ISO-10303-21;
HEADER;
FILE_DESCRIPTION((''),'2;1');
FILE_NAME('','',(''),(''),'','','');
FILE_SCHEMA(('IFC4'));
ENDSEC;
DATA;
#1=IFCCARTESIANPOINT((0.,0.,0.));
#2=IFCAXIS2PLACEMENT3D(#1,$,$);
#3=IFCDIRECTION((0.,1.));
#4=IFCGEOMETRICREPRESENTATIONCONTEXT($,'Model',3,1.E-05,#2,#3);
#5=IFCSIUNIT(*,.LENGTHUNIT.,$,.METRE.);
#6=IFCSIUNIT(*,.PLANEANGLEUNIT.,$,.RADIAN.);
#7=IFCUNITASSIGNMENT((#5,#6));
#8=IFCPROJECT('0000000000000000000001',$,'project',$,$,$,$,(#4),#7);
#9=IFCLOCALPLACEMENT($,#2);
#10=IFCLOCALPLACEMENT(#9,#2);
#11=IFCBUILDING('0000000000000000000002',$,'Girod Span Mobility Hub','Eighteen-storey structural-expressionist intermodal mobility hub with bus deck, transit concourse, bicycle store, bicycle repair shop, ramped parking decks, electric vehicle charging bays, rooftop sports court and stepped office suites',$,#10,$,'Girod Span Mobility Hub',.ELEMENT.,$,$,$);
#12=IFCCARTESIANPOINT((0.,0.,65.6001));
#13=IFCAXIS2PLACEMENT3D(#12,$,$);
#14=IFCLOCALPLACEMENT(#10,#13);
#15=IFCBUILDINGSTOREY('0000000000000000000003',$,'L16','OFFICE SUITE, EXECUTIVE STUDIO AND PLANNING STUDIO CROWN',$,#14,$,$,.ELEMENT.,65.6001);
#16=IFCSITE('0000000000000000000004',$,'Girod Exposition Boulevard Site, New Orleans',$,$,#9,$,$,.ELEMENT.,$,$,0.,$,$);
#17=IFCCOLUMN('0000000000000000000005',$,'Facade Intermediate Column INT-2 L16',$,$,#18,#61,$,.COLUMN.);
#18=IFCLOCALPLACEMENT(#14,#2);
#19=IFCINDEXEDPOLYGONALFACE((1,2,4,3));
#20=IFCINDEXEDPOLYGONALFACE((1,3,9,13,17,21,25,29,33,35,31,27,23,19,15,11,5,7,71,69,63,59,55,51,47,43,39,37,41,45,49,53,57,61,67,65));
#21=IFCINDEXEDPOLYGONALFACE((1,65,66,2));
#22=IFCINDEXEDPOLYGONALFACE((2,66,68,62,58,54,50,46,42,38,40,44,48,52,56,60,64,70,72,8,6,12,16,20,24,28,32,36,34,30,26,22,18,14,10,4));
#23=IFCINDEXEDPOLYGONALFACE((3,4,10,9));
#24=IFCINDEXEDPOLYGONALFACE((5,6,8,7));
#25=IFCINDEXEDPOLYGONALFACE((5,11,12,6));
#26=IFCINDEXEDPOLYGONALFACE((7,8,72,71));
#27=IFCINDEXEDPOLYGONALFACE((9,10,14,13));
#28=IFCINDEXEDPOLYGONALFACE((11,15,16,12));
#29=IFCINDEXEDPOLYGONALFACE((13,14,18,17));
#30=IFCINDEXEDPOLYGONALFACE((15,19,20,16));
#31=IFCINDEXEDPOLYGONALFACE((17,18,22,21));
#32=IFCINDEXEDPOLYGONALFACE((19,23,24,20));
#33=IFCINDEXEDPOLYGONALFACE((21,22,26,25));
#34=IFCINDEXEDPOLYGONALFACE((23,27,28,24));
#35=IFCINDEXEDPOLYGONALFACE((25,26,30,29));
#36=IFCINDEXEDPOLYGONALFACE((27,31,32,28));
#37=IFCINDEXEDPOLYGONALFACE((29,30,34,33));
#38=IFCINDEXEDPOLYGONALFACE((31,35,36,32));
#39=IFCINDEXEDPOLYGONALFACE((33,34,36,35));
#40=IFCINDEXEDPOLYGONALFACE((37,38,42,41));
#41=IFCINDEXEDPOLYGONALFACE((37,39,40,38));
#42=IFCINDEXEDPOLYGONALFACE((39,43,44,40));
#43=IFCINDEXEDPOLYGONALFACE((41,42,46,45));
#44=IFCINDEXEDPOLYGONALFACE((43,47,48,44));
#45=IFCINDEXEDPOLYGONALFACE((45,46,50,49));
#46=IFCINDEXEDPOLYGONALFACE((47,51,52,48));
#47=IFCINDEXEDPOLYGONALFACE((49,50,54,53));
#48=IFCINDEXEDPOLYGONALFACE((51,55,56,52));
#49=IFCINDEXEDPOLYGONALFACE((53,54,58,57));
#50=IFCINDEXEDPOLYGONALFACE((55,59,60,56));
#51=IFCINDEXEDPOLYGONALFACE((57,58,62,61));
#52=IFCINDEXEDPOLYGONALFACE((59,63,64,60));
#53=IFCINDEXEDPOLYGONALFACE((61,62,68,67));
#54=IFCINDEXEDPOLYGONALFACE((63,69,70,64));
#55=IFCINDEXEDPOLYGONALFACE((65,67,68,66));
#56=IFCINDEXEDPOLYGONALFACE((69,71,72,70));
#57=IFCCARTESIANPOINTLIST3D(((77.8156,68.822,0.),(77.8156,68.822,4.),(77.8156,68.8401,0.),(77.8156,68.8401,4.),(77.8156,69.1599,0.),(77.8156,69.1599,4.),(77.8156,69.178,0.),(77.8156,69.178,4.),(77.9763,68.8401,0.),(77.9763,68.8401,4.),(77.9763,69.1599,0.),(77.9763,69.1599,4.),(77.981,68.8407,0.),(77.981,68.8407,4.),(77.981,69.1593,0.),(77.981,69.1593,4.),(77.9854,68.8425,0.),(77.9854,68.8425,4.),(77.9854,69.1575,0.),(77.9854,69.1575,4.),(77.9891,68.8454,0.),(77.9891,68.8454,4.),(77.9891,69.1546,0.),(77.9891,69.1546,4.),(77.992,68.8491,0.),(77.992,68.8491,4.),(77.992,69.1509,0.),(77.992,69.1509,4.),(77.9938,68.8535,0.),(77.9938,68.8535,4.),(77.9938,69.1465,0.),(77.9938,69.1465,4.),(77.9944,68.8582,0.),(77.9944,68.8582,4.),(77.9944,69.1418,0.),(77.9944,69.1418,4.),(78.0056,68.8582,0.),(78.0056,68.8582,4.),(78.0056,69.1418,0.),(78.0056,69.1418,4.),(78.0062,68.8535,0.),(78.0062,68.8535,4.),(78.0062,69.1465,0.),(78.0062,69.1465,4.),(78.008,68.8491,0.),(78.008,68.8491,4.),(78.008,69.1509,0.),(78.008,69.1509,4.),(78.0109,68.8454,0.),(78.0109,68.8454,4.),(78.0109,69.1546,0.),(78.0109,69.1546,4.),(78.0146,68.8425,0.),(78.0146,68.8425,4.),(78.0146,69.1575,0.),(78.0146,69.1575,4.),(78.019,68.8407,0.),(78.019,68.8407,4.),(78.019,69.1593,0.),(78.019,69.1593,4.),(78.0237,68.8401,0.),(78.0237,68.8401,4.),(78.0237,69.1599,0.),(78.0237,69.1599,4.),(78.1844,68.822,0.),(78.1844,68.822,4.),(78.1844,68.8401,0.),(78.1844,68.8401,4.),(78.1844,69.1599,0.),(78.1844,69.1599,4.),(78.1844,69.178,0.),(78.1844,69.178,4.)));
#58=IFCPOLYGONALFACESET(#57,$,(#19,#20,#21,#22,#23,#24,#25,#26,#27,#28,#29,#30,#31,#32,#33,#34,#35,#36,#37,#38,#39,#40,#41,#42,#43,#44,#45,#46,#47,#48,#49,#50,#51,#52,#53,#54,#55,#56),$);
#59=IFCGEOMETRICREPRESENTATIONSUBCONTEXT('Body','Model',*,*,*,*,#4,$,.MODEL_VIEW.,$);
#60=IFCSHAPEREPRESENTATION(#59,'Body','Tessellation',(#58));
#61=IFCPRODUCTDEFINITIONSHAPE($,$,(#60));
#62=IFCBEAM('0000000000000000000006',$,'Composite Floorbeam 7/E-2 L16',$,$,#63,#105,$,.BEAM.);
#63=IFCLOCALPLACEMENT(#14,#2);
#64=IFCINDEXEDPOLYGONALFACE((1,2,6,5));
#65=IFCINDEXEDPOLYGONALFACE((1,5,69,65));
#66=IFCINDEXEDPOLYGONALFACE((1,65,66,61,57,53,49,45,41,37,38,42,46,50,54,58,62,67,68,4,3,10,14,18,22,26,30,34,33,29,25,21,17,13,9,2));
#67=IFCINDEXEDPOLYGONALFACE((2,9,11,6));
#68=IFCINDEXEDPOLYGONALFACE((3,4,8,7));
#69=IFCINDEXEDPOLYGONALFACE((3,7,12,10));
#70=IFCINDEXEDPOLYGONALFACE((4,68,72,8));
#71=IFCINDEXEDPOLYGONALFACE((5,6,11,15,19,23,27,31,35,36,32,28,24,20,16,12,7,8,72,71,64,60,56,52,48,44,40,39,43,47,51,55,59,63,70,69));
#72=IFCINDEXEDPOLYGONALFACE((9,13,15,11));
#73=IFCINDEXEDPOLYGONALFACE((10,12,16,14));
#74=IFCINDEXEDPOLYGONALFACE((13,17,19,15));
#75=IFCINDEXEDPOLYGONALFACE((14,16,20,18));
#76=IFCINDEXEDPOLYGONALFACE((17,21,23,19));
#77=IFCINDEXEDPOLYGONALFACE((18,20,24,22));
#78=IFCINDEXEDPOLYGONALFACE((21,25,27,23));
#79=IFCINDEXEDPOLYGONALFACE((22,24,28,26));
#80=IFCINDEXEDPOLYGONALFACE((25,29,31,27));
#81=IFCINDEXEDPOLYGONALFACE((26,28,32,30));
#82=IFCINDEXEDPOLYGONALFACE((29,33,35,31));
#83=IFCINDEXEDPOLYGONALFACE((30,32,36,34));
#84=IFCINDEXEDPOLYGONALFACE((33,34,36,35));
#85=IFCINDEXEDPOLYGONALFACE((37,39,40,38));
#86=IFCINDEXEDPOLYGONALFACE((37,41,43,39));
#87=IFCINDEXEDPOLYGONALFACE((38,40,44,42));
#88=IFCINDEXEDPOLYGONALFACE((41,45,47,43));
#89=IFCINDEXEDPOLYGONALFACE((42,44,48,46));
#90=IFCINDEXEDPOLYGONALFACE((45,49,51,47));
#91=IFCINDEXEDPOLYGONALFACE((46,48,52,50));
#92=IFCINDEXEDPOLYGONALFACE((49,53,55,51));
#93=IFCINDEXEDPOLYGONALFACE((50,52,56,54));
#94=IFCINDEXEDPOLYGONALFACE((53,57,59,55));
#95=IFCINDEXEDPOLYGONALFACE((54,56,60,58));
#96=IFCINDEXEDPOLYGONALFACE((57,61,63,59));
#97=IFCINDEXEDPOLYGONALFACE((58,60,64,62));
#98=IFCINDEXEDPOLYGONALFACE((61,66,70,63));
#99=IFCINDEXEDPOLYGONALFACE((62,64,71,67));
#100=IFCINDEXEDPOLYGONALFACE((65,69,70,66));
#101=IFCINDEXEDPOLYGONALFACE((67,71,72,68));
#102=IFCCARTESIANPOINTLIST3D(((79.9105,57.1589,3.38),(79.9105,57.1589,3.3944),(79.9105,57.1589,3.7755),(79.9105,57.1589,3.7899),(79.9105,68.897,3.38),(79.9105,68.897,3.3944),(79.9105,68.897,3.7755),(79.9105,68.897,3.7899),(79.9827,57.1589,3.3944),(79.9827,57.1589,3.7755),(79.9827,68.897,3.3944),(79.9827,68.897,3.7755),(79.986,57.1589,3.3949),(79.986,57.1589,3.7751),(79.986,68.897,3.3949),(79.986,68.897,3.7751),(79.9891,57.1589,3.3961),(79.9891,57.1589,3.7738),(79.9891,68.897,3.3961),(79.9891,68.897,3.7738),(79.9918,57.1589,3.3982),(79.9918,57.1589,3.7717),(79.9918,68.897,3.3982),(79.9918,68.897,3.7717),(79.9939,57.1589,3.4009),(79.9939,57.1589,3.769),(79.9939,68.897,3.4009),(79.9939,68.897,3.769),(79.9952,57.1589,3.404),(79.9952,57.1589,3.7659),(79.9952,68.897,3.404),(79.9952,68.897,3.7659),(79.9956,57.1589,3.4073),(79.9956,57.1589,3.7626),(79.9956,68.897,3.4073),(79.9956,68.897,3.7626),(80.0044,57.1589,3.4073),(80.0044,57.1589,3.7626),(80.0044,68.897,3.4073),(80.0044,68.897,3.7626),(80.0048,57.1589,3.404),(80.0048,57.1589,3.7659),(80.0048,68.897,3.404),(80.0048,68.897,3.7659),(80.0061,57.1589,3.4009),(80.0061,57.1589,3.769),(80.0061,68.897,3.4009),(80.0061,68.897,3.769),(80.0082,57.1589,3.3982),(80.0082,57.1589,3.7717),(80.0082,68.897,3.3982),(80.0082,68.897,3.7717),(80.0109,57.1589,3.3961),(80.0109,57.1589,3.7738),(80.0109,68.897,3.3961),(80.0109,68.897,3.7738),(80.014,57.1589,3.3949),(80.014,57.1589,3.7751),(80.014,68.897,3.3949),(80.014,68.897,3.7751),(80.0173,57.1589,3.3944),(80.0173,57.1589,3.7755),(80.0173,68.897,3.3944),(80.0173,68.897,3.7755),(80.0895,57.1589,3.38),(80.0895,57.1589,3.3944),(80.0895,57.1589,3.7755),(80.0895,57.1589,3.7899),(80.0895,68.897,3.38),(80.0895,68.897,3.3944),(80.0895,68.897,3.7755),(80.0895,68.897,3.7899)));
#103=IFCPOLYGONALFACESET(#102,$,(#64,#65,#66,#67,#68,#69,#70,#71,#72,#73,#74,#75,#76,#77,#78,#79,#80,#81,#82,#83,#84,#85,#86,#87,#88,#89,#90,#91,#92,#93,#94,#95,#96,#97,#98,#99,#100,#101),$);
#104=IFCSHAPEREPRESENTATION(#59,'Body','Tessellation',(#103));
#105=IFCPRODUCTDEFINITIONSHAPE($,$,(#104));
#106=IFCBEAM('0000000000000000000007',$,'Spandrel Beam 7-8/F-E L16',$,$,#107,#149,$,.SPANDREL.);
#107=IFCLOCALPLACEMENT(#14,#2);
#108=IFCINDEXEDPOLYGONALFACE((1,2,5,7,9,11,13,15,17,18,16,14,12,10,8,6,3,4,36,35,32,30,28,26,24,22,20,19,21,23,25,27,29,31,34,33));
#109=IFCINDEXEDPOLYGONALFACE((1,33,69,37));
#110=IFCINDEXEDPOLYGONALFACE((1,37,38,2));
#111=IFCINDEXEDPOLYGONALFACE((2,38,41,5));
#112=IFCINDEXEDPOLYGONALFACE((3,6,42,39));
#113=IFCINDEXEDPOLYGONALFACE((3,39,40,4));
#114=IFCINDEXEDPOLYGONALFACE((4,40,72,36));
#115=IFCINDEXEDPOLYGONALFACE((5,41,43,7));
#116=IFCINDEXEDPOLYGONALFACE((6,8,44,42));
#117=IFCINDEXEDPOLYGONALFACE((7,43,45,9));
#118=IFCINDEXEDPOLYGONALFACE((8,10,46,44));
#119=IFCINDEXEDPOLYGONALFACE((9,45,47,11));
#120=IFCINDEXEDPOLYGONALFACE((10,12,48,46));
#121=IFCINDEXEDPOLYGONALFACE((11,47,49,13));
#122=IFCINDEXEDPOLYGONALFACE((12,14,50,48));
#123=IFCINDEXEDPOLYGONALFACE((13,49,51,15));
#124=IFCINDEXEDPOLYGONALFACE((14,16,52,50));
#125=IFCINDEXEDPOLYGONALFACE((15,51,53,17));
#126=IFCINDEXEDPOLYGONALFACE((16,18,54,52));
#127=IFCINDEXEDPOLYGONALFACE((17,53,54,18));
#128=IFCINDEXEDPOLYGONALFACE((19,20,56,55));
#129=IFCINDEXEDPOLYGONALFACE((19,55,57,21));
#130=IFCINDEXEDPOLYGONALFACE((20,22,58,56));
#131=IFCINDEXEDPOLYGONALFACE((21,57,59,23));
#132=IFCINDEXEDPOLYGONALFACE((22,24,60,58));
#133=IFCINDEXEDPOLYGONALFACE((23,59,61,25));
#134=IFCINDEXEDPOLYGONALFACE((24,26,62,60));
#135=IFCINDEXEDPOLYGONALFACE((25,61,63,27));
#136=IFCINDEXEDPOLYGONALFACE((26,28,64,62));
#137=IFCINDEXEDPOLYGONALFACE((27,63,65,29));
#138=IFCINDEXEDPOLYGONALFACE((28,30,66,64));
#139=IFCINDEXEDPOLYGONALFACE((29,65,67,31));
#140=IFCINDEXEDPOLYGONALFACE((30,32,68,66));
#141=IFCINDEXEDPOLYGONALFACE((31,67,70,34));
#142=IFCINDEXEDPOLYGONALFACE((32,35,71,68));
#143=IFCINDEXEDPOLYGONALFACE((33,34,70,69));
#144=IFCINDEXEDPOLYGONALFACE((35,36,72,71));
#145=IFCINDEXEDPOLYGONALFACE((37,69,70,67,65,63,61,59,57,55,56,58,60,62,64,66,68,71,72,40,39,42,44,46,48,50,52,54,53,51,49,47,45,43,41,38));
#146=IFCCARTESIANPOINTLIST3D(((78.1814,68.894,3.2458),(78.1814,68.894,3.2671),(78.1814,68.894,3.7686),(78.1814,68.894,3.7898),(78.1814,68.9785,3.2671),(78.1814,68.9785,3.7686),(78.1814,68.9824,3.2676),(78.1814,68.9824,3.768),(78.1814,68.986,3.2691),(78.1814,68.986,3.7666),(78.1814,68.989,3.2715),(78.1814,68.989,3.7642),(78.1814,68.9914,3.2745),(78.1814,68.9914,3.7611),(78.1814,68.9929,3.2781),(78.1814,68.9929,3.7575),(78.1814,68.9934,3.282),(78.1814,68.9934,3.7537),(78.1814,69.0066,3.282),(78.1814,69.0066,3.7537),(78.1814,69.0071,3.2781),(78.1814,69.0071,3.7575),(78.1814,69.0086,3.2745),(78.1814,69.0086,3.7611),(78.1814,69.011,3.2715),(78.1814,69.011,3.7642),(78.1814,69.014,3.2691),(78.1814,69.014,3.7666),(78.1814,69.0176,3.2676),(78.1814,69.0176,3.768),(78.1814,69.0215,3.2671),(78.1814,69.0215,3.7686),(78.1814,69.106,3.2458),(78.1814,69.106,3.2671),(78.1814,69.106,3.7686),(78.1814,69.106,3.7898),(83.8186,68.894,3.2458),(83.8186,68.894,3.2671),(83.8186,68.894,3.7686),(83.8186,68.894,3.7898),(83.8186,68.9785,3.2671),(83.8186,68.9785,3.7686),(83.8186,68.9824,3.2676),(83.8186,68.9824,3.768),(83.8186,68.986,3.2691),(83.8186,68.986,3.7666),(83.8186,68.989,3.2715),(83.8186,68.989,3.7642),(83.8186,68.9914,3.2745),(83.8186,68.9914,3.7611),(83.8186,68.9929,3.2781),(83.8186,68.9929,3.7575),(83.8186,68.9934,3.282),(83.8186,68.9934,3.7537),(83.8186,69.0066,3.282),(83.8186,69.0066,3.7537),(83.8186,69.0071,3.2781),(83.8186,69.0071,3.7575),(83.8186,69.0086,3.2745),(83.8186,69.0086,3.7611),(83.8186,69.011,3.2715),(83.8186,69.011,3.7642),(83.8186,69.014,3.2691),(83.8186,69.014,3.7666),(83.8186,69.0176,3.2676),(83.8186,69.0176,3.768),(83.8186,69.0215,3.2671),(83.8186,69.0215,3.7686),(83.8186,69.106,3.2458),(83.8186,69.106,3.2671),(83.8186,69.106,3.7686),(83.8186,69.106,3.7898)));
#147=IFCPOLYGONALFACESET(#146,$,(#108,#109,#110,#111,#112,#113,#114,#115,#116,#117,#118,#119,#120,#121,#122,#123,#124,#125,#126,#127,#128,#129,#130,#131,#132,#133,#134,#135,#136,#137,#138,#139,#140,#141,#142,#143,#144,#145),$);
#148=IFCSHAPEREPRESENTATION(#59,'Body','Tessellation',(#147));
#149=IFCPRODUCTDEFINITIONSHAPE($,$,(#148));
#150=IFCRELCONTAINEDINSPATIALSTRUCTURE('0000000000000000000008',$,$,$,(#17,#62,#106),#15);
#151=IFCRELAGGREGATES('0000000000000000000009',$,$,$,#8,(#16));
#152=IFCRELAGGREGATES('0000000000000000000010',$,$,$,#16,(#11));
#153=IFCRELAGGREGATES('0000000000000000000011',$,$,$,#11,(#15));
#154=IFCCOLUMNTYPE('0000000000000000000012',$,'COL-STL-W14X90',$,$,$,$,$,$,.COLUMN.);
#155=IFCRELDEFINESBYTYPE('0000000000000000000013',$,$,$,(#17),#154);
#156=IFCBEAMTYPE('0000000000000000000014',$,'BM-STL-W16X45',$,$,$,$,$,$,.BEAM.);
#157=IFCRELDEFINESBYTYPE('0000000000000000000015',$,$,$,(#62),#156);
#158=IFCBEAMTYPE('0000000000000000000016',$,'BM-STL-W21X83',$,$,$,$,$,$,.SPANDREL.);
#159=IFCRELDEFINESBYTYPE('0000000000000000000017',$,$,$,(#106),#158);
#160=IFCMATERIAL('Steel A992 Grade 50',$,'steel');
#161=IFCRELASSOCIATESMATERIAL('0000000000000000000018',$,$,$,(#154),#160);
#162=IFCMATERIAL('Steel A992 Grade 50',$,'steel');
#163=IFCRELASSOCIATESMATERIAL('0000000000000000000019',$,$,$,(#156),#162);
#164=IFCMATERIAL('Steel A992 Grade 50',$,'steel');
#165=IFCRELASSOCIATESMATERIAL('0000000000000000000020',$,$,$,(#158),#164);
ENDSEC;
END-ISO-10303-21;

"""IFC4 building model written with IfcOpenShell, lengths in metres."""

from ifc_helpers import new_model, si_unit, direction, frame, origin, origin_2d, place, context, subcontext, project, spatial, i_section, extrude, material, material_profile, profile_set, type_object, element, save


model = new_model("IFC4")

# Units and contexts
model_context = context("Model", 3, precision=1e-05, world=origin(), true_north=direction((0.0, 1.0)))
body_context = subcontext(model_context, "Body", "Model", "MODEL_VIEW")
ifc_project = project(units=[si_unit("LENGTHUNIT", "METRE"), si_unit("PLANEANGLEUNIT", "RADIAN")], contexts=[model_context])

# Site, building, storey
site_placement = place(None, origin())
site = spatial("IfcSite", under=ifc_project, at=site_placement, Name="Girod Exposition Boulevard Site, New Orleans", CompositionType="ELEMENT", RefElevation=0.0)
building_placement = place(site_placement, origin())
building = spatial("IfcBuilding", under=site, at=building_placement, Name="Girod Span Mobility Hub", Description="Eighteen-storey structural-expressionist intermodal mobility hub with bus deck, transit concourse, bicycle store, bicycle repair shop, ramped parking decks, electric vehicle charging bays, rooftop sports court and stepped office suites", LongName="Girod Span Mobility Hub", CompositionType="ELEMENT")
storey_placement = place(building_placement, frame((0.0, 0.0, 65.6001)))
storey = spatial("IfcBuildingStorey", under=building, at=storey_placement, Name="L16", Description="OFFICE SUITE, EXECUTIVE STUDIO AND PLANNING STUDIO CROWN", CompositionType="ELEMENT", Elevation=65.6001)

# Column
ifc_material_1 = material(Name="Steel A992 Grade 50", Category="steel")
ifc_material_profile_1 = material_profile(ifc_material_1, i_section(OverallWidth=0.3689, OverallDepth=0.356, WebThickness=0.0112, FlangeThickness=0.0181, FilletRadius=0.0181, at=origin_2d()), Name="W14X90")
ifc_profile_set_1 = profile_set([ifc_material_profile_1], Name="Steel A992 Grade 50")
column_type = type_object("IfcColumnType", Name="COL-STL-W14X90", PredefinedType="COLUMN", material=ifc_profile_set_1)
column_placement = place(storey_placement, frame((78.0, 69.0, 0.0), z_axis=(0.0, 0.0, 1.0), x_axis=(1.0, 0.0, 0.0)))
element("IfcColumn", 1, at=column_placement, inside=storey, type_object=column_type, Name="Facade Intermediate Column INT-2 L16", PredefinedType="COLUMN", context=body_context, shape_type="SweptSolid", body=[
    extrude(i_section(OverallWidth=0.3689, OverallDepth=0.356, WebThickness=0.0112, FlangeThickness=0.0181, FilletRadius=0.0181, at=origin_2d()), origin(), (0.0, 0.0, 1.0), 4.0),
])

# Beams
ifc_material_2 = material(Name="Steel A992 Grade 50", Category="steel")
ifc_material_profile_2 = material_profile(ifc_material_2, i_section(OverallWidth=0.179, OverallDepth=0.4099, WebThickness=0.0088, FlangeThickness=0.0144, FilletRadius=0.0129, at=origin_2d()), Name="W16X45")
ifc_profile_set_2 = profile_set([ifc_material_profile_2], Name="Steel A992 Grade 50")
beam_type_1 = type_object("IfcBeamType", Name="BM-STL-W16X45", PredefinedType="BEAM", material=ifc_profile_set_2)
beam_1_placement = place(storey_placement, frame((80.0, 57.1589, 3.585), z_axis=(0.0, 1.0, 0.0), x_axis=(-1.0, 0.0, 0.0)))
element("IfcBeam", 2, at=beam_1_placement, inside=storey, type_object=beam_type_1, Name="Composite Floorbeam 7/E-2 L16", PredefinedType="BEAM", context=body_context, shape_type="SweptSolid", body=[
    extrude(i_section(OverallWidth=0.179, OverallDepth=0.4099, WebThickness=0.0088, FlangeThickness=0.0144, FilletRadius=0.0129, at=origin_2d()), origin(), (0.0, 0.0, 1.0), 11.738),
])
ifc_material_3 = material(Name="Steel A992 Grade 50", Category="steel")
ifc_material_profile_3 = material_profile(ifc_material_3, i_section(OverallWidth=0.2119, OverallDepth=0.5439, WebThickness=0.0132, FlangeThickness=0.0212, FilletRadius=0.0149, at=origin_2d()), Name="W21X83")
ifc_profile_set_3 = profile_set([ifc_material_profile_3], Name="Steel A992 Grade 50")
beam_type_2 = type_object("IfcBeamType", Name="BM-STL-W21X83", PredefinedType="SPANDREL", material=ifc_profile_set_3)
beam_2_placement = place(storey_placement, frame((78.1814, 69.0, 3.5178), z_axis=(1.0, 0.0, 0.0), x_axis=(0.0, 1.0, 0.0)))
element("IfcBeam", 3, at=beam_2_placement, inside=storey, type_object=beam_type_2, Name="Spandrel Beam 7-8/F-E L16", PredefinedType="SPANDREL", context=body_context, shape_type="SweptSolid", body=[
    extrude(i_section(OverallWidth=0.2119, OverallDepth=0.5439, WebThickness=0.0132, FlangeThickness=0.0212, FilletRadius=0.0149, at=origin_2d()), origin(), (0.0, 0.0, 1.0), 5.6372),
])

save(model, "model.ifc")
